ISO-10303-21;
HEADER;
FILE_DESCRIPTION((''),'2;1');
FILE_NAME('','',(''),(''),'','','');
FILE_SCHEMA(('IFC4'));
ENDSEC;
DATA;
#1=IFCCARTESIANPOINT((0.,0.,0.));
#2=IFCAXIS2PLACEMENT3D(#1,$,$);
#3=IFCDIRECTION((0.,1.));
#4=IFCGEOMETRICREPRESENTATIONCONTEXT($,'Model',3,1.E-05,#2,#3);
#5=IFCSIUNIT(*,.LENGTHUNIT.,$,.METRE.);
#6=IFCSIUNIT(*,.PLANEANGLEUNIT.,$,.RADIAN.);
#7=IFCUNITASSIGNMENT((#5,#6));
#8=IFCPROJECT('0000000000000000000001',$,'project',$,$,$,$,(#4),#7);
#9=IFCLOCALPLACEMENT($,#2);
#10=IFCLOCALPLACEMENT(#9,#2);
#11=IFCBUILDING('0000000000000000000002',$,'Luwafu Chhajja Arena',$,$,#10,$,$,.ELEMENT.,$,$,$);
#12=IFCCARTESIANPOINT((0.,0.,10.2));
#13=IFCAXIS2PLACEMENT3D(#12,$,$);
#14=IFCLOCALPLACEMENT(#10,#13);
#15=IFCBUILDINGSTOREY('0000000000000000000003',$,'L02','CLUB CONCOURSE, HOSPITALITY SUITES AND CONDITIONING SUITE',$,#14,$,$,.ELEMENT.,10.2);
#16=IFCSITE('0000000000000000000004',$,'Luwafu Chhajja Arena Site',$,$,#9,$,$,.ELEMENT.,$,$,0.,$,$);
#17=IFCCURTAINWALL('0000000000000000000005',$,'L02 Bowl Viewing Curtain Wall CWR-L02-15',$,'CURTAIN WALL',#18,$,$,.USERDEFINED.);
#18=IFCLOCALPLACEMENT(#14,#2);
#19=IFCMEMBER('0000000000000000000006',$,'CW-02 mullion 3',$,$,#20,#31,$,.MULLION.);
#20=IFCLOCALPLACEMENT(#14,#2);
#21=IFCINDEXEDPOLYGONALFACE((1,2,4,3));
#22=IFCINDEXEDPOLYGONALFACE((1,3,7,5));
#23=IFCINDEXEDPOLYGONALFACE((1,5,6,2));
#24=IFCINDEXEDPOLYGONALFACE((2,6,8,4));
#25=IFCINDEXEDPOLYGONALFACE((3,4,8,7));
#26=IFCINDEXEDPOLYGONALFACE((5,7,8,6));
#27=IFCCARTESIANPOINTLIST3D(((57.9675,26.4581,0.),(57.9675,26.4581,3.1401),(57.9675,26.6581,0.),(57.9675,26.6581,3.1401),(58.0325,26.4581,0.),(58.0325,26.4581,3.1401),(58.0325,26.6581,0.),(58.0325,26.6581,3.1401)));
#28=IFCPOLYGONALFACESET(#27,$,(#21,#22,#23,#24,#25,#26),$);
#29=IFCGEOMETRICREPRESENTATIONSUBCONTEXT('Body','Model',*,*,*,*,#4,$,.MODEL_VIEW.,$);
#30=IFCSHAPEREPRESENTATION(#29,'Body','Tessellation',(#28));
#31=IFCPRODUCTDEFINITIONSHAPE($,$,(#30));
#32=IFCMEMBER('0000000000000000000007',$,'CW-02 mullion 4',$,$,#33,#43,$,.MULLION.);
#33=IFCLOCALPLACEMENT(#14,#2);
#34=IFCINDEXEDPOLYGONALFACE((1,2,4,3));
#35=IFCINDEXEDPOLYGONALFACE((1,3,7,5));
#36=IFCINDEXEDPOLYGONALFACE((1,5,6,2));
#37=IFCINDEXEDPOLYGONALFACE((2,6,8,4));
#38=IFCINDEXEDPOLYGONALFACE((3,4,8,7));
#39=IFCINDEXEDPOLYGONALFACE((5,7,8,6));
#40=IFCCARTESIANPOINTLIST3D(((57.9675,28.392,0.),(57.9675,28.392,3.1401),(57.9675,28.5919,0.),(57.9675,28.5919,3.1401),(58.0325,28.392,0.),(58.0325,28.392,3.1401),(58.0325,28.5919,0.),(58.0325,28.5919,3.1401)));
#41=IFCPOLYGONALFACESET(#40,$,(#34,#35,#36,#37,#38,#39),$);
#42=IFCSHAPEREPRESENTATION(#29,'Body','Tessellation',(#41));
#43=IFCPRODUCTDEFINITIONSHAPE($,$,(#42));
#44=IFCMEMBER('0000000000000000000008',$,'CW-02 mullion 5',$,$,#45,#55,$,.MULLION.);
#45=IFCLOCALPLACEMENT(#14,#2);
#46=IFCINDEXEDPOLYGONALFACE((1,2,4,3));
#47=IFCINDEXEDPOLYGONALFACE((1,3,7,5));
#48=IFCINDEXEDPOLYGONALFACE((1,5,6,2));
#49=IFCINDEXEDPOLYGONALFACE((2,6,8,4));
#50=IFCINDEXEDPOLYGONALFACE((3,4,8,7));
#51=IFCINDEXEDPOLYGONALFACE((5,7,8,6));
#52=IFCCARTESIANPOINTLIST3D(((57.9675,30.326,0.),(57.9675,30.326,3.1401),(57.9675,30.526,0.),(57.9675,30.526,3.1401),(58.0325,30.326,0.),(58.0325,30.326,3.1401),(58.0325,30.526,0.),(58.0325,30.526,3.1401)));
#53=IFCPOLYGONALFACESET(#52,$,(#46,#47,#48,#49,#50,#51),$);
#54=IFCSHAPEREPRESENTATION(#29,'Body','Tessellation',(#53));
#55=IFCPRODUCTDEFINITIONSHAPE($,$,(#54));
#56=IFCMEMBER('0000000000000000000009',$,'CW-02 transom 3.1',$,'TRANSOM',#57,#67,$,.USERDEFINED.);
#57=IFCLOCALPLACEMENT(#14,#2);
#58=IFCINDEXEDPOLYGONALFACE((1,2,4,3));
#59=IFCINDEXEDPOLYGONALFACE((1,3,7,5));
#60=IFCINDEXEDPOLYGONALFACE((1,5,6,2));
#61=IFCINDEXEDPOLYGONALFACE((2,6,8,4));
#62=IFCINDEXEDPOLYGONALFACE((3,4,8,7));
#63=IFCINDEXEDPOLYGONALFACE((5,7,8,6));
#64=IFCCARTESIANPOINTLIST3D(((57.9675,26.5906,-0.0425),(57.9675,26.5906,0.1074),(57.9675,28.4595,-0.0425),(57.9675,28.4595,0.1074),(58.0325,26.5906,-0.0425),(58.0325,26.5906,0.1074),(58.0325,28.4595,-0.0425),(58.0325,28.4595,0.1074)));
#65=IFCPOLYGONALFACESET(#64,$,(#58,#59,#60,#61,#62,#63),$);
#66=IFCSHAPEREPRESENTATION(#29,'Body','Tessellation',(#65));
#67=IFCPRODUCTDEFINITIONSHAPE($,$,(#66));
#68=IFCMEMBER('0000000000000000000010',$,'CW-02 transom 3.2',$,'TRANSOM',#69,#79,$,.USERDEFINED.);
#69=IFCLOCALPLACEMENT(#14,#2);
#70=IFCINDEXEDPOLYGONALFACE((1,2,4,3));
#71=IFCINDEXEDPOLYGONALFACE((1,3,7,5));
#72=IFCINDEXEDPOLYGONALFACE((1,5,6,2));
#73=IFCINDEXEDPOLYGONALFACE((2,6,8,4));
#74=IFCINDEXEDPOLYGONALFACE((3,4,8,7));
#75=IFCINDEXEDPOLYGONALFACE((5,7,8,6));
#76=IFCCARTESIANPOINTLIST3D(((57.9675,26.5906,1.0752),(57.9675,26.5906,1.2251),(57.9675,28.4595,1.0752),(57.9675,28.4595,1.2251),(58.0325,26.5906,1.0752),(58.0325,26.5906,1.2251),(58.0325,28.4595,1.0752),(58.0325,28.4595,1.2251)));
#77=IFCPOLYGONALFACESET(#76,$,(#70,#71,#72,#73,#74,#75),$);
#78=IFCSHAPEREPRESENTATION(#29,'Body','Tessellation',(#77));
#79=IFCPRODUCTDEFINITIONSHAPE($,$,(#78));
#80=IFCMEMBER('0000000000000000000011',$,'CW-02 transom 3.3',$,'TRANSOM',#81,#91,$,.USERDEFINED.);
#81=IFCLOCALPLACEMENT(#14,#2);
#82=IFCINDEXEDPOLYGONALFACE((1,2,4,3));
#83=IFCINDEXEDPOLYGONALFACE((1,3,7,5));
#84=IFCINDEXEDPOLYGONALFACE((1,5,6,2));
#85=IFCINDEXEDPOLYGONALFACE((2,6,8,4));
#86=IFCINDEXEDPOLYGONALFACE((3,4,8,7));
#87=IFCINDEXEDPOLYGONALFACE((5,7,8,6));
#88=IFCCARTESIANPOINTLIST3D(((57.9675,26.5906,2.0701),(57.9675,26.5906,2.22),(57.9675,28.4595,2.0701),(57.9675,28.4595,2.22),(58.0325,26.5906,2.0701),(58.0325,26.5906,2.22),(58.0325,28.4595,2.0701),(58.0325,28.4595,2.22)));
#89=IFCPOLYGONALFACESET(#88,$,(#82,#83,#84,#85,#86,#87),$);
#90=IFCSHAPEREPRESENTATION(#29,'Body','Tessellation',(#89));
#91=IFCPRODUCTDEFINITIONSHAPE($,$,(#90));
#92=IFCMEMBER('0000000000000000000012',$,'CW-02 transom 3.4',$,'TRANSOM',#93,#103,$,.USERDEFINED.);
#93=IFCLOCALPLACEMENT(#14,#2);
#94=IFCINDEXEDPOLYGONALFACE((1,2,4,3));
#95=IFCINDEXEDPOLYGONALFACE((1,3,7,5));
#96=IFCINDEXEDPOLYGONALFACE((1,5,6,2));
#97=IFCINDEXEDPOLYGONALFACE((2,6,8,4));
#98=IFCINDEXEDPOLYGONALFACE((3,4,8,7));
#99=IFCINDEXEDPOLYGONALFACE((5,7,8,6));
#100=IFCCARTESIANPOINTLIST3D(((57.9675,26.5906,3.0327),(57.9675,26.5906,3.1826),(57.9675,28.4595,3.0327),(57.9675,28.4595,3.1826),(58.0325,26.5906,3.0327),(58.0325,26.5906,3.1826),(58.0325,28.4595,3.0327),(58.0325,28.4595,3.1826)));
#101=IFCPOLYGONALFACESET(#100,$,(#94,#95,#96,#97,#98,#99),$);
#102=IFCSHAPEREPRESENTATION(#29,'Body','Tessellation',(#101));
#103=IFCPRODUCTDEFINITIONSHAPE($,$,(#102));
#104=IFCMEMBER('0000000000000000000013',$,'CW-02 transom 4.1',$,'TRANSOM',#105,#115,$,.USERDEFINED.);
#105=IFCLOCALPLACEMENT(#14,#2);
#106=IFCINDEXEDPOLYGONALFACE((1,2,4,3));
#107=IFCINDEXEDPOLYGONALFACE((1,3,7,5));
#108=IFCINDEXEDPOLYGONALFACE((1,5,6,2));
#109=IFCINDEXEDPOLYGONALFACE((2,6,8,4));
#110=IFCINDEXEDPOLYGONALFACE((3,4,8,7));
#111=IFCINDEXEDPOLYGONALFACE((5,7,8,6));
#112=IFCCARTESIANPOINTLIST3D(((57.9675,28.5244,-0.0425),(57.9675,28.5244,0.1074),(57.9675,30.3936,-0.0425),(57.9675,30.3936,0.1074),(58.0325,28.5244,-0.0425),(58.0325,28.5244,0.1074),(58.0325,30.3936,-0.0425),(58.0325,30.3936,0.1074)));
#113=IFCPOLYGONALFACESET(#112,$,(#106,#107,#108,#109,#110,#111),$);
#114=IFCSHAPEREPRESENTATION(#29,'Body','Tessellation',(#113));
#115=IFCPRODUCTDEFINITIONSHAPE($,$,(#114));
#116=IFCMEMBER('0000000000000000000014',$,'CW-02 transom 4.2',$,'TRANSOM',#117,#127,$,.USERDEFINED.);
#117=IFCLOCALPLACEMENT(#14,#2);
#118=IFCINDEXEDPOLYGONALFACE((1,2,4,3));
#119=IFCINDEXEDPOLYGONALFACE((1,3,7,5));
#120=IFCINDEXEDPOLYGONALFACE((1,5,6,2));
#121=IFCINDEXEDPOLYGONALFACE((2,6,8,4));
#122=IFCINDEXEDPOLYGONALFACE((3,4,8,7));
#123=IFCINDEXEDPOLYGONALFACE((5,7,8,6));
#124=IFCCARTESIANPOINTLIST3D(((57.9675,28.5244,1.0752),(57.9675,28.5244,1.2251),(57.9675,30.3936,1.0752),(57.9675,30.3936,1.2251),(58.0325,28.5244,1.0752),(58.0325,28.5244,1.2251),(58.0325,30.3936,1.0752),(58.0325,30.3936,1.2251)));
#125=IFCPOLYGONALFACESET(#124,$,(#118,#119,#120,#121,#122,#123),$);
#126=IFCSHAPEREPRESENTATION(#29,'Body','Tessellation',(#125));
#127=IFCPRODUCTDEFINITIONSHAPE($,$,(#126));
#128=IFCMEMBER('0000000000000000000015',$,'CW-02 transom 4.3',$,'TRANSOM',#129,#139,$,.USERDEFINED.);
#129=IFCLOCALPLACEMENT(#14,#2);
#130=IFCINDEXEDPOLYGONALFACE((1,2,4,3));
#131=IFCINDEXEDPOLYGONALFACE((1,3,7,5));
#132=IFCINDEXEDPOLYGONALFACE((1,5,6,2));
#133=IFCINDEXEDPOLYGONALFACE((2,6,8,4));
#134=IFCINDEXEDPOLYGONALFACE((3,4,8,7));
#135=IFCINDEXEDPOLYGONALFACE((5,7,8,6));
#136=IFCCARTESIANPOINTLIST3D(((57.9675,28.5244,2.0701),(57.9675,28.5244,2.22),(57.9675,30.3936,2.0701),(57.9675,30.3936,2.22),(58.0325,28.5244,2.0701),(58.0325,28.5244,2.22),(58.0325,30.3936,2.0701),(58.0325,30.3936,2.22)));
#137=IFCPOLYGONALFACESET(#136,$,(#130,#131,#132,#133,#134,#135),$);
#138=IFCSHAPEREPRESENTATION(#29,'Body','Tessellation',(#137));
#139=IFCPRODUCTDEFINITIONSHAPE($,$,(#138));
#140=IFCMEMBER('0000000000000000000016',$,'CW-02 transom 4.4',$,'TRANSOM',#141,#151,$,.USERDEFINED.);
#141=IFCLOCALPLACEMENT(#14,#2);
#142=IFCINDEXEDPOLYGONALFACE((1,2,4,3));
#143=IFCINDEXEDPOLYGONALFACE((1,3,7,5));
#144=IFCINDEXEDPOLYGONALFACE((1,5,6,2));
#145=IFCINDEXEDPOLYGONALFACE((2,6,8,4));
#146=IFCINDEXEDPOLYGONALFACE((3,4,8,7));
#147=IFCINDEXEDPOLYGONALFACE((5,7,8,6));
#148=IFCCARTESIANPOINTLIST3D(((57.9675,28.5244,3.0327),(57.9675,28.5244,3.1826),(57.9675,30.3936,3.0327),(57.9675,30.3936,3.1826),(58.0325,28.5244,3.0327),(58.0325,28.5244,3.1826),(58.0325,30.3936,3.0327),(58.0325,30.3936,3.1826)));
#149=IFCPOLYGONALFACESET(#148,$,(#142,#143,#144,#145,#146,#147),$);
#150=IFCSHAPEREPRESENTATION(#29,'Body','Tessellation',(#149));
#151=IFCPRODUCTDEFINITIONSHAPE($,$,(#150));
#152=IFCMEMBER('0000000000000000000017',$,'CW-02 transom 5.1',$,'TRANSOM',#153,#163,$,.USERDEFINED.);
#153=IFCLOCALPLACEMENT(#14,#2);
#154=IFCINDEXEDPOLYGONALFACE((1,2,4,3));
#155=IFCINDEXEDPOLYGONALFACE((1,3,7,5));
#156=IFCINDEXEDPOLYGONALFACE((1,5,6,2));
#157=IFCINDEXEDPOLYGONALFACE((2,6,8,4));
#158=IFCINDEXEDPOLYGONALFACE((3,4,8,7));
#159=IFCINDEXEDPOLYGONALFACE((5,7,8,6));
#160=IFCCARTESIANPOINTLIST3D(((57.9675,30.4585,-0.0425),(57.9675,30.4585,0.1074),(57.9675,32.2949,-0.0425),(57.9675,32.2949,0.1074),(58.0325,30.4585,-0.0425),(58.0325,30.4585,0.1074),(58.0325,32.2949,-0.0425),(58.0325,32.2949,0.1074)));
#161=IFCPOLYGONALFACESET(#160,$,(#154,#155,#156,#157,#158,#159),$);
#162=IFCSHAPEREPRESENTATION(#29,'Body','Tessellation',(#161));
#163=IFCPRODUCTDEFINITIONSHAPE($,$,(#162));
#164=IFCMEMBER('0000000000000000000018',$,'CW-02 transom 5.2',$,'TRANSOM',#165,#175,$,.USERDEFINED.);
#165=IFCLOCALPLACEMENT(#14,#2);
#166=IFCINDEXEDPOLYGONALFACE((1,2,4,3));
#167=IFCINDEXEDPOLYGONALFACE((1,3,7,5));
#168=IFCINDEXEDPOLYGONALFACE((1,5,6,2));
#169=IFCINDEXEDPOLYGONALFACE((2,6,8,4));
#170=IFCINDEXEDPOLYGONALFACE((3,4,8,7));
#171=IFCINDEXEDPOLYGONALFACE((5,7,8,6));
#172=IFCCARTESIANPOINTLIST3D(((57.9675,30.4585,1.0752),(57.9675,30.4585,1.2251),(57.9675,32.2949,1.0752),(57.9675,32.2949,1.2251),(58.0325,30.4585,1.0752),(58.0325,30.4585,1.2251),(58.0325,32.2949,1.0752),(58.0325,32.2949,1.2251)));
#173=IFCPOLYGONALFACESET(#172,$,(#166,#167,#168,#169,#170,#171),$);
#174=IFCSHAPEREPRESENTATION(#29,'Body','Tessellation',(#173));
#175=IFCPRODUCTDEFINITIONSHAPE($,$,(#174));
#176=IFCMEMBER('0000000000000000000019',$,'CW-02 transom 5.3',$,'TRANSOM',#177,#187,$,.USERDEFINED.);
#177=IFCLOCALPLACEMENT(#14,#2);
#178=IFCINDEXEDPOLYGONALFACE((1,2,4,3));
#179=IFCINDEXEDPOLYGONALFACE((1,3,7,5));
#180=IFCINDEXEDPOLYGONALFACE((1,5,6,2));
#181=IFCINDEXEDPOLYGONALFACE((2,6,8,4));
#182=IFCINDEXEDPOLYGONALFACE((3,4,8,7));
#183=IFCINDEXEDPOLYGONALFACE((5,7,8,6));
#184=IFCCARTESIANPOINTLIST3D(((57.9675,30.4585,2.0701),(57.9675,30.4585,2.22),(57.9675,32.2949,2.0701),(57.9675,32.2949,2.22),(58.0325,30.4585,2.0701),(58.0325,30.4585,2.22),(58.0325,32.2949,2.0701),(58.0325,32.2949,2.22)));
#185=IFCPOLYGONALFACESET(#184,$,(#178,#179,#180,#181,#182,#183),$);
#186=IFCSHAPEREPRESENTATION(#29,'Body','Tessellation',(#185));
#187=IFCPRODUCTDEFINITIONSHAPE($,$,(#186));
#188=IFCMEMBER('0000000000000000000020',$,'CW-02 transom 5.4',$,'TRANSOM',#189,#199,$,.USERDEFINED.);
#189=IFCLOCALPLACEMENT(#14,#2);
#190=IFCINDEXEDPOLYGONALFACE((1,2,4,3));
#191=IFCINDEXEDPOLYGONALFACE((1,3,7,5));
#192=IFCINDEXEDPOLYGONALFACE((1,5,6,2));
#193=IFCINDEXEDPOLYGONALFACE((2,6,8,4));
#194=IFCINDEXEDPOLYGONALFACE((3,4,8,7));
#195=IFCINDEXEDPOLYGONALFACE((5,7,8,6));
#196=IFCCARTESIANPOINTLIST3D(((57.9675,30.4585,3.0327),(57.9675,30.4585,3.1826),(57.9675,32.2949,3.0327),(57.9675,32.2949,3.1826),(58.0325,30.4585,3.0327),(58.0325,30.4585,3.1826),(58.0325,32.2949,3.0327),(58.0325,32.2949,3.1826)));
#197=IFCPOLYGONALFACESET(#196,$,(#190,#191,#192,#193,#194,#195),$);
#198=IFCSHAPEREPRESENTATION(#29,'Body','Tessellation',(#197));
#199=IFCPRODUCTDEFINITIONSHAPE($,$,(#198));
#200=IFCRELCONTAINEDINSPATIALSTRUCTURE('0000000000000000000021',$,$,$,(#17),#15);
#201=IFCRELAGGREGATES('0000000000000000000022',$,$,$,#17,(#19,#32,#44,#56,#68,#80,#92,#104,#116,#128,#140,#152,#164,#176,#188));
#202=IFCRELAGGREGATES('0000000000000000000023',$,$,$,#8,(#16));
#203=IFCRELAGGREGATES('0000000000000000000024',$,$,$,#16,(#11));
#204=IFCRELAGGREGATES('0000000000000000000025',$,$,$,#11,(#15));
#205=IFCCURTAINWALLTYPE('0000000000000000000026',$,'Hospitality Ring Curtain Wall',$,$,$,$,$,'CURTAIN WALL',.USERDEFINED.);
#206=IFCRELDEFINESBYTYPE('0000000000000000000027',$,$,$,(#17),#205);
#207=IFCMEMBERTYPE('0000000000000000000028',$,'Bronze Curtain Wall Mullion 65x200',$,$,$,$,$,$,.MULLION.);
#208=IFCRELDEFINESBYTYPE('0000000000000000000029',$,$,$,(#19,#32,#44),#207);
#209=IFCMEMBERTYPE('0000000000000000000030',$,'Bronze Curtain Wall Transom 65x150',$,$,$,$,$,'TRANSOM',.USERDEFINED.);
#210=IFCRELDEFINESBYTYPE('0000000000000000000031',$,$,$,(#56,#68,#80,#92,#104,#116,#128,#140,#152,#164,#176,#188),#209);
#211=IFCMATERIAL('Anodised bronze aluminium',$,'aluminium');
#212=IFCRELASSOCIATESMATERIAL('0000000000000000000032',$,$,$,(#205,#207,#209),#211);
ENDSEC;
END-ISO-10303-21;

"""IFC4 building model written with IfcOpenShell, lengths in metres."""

from ifc_helpers import new_model, si_unit, direction, frame, origin, origin_2d, place, context, subcontext, project, spatial, rectangle, extrude, material, material_profile, profile_set, type_object, element, aggregate, save


model = new_model("IFC4")

# Units and contexts
model_context = context("Model", 3, precision=1e-05, world=origin(), true_north=direction((0.0, 1.0)))
body_context = subcontext(model_context, "Body", "Model", "MODEL_VIEW")
ifc_project = project(units=[si_unit("LENGTHUNIT", "METRE"), si_unit("PLANEANGLEUNIT", "RADIAN")], contexts=[model_context])

# Site, building, storey
site_placement = place(None, origin())
site = spatial("IfcSite", under=ifc_project, at=site_placement, Name="Luwafu Chhajja Arena Site", CompositionType="ELEMENT", RefElevation=0.0)
building_placement = place(site_placement, origin())
building = spatial("IfcBuilding", under=site, at=building_placement, Name="Luwafu Chhajja Arena", CompositionType="ELEMENT")
storey_placement = place(building_placement, frame((0.0, 0.0, 10.2)))
storey = spatial("IfcBuildingStorey", under=building, at=storey_placement, Name="L02", Description="CLUB CONCOURSE, HOSPITALITY SUITES AND CONDITIONING SUITE", CompositionType="ELEMENT", Elevation=10.2)

# Curtain wall, members
ifc_material_1 = material(Name="Anodised bronze aluminium", Category="aluminium")
curtain_wall_type = type_object("IfcCurtainWallType", Name="Hospitality Ring Curtain Wall", ElementType="CURTAIN WALL", PredefinedType="USERDEFINED", material=ifc_material_1)
curtain_wall_placement = place(storey_placement, origin())
curtain_wall = element("IfcCurtainWall", 1, at=curtain_wall_placement, inside=storey, type_object=curtain_wall_type, Name="L02 Bowl Viewing Curtain Wall CWR-L02-15", ObjectType="CURTAIN WALL", PredefinedType="USERDEFINED")
ifc_material_profile_1 = material_profile(ifc_material_1, rectangle(XDim=0.0649, YDim=0.2, at=origin_2d()), Name="CWM 65x200")
ifc_profile_set_1 = profile_set([ifc_material_profile_1], Name="Anodised bronze aluminium")
member_type_1 = type_object("IfcMemberType", Name="Bronze Curtain Wall Mullion 65x200", PredefinedType="MULLION", material=ifc_profile_set_1)
member_1_placement = place(storey_placement, frame((58.0, 26.5581, 0.0), z_axis=(0.0, 0.0, 1.0), x_axis=(-1.0, 0.0, 0.0)))
member_1 = element("IfcMember", 2, at=member_1_placement, type_object=member_type_1, Name="CW-02 mullion 3", PredefinedType="MULLION", context=body_context, shape_type="SweptSolid", body=[
    extrude(rectangle(XDim=0.0649, YDim=0.2, at=origin_2d()), origin(), (0.0, 0.0, 1.0), 3.1401),
])
member_2_placement = place(storey_placement, frame((58.0, 28.4919, 0.0), z_axis=(0.0, 0.0, 1.0), x_axis=(-1.0, 0.0, 0.0)))
member_2 = element("IfcMember", 3, at=member_2_placement, type_object=member_type_1, Name="CW-02 mullion 4", PredefinedType="MULLION", context=body_context, shape_type="SweptSolid", body=[
    extrude(rectangle(XDim=0.0649, YDim=0.2, at=origin_2d()), origin(), (0.0, 0.0, 1.0), 3.1401),
])
member_3_placement = place(storey_placement, frame((58.0, 30.426, 0.0), z_axis=(0.0, 0.0, 1.0), x_axis=(-1.0, 0.0, 0.0)))
member_3 = element("IfcMember", 4, at=member_3_placement, type_object=member_type_1, Name="CW-02 mullion 5", PredefinedType="MULLION", context=body_context, shape_type="SweptSolid", body=[
    extrude(rectangle(XDim=0.0649, YDim=0.2, at=origin_2d()), origin(), (0.0, 0.0, 1.0), 3.1401),
])
ifc_material_profile_2 = material_profile(ifc_material_1, rectangle(XDim=0.0649, YDim=0.1499, at=origin_2d()), Name="CWT 65x150")
ifc_profile_set_2 = profile_set([ifc_material_profile_2], Name="Anodised bronze aluminium")
member_type_2 = type_object("IfcMemberType", Name="Bronze Curtain Wall Transom 65x150", ElementType="TRANSOM", PredefinedType="USERDEFINED", material=ifc_profile_set_2)
member_4_placement = place(storey_placement, frame((58.0, 26.5906, 0.0325), z_axis=(0.0, 1.0, 0.0), x_axis=(-1.0, 0.0, 0.0)))
member_4 = element("IfcMember", 5, at=member_4_placement, type_object=member_type_2, Name="CW-02 transom 3.1", ObjectType="TRANSOM", PredefinedType="USERDEFINED", context=body_context, shape_type="SweptSolid", body=[
    extrude(rectangle(XDim=0.0649, YDim=0.1499, at=origin_2d()), origin(), (0.0, 0.0, 1.0), 1.8689),
])
member_5_placement = place(storey_placement, frame((58.0, 26.5906, 1.1501), z_axis=(0.0, 1.0, 0.0), x_axis=(-1.0, 0.0, 0.0)))
member_5 = element("IfcMember", 6, at=member_5_placement, type_object=member_type_2, Name="CW-02 transom 3.2", ObjectType="TRANSOM", PredefinedType="USERDEFINED", context=body_context, shape_type="SweptSolid", body=[
    extrude(rectangle(XDim=0.0649, YDim=0.1499, at=origin_2d()), origin(), (0.0, 0.0, 1.0), 1.8689),
])
member_6_placement = place(storey_placement, frame((58.0, 26.5906, 2.145), z_axis=(0.0, 1.0, 0.0), x_axis=(-1.0, 0.0, 0.0)))
member_6 = element("IfcMember", 7, at=member_6_placement, type_object=member_type_2, Name="CW-02 transom 3.3", ObjectType="TRANSOM", PredefinedType="USERDEFINED", context=body_context, shape_type="SweptSolid", body=[
    extrude(rectangle(XDim=0.0649, YDim=0.1499, at=origin_2d()), origin(), (0.0, 0.0, 1.0), 1.8689),
])
member_7_placement = place(storey_placement, frame((58.0, 26.5906, 3.1077), z_axis=(0.0, 1.0, 0.0), x_axis=(-1.0, 0.0, 0.0)))
member_7 = element("IfcMember", 8, at=member_7_placement, type_object=member_type_2, Name="CW-02 transom 3.4", ObjectType="TRANSOM", PredefinedType="USERDEFINED", context=body_context, shape_type="SweptSolid", body=[
    extrude(rectangle(XDim=0.0649, YDim=0.1499, at=origin_2d()), origin(), (0.0, 0.0, 1.0), 1.8689),
])
member_8_placement = place(storey_placement, frame((58.0, 28.5244, 0.0325), z_axis=(0.0, 1.0, 0.0), x_axis=(-1.0, 0.0, 0.0)))
member_8 = element("IfcMember", 9, at=member_8_placement, type_object=member_type_2, Name="CW-02 transom 4.1", ObjectType="TRANSOM", PredefinedType="USERDEFINED", context=body_context, shape_type="SweptSolid", body=[
    extrude(rectangle(XDim=0.0649, YDim=0.1499, at=origin_2d()), origin(), (0.0, 0.0, 1.0), 1.8691),
])
member_9_placement = place(storey_placement, frame((58.0, 28.5244, 1.1501), z_axis=(0.0, 1.0, 0.0), x_axis=(-1.0, 0.0, 0.0)))
member_9 = element("IfcMember", 10, at=member_9_placement, type_object=member_type_2, Name="CW-02 transom 4.2", ObjectType="TRANSOM", PredefinedType="USERDEFINED", context=body_context, shape_type="SweptSolid", body=[
    extrude(rectangle(XDim=0.0649, YDim=0.1499, at=origin_2d()), origin(), (0.0, 0.0, 1.0), 1.8691),
])
member_10_placement = place(storey_placement, frame((58.0, 28.5244, 2.145), z_axis=(0.0, 1.0, 0.0), x_axis=(-1.0, 0.0, 0.0)))
member_10 = element("IfcMember", 11, at=member_10_placement, type_object=member_type_2, Name="CW-02 transom 4.3", ObjectType="TRANSOM", PredefinedType="USERDEFINED", context=body_context, shape_type="SweptSolid", body=[
    extrude(rectangle(XDim=0.0649, YDim=0.1499, at=origin_2d()), origin(), (0.0, 0.0, 1.0), 1.8691),
])
member_11_placement = place(storey_placement, frame((58.0, 28.5244, 3.1077), z_axis=(0.0, 1.0, 0.0), x_axis=(-1.0, 0.0, 0.0)))
member_11 = element("IfcMember", 12, at=member_11_placement, type_object=member_type_2, Name="CW-02 transom 4.4", ObjectType="TRANSOM", PredefinedType="USERDEFINED", context=body_context, shape_type="SweptSolid", body=[
    extrude(rectangle(XDim=0.0649, YDim=0.1499, at=origin_2d()), origin(), (0.0, 0.0, 1.0), 1.8691),
])
member_12_placement = place(storey_placement, frame((58.0, 30.4585, 0.0325), z_axis=(0.0, 1.0, 0.0), x_axis=(-1.0, 0.0, 0.0)))
member_12 = element("IfcMember", 13, at=member_12_placement, type_object=member_type_2, Name="CW-02 transom 5.1", ObjectType="TRANSOM", PredefinedType="USERDEFINED", context=body_context, shape_type="SweptSolid", body=[
    extrude(rectangle(XDim=0.0649, YDim=0.1499, at=origin_2d()), origin(), (0.0, 0.0, 1.0), 1.8364),
])
member_13_placement = place(storey_placement, frame((58.0, 30.4585, 1.1501), z_axis=(0.0, 1.0, 0.0), x_axis=(-1.0, 0.0, 0.0)))
member_13 = element("IfcMember", 14, at=member_13_placement, type_object=member_type_2, Name="CW-02 transom 5.2", ObjectType="TRANSOM", PredefinedType="USERDEFINED", context=body_context, shape_type="SweptSolid", body=[
    extrude(rectangle(XDim=0.0649, YDim=0.1499, at=origin_2d()), origin(), (0.0, 0.0, 1.0), 1.8364),
])
member_14_placement = place(storey_placement, frame((58.0, 30.4585, 2.145), z_axis=(0.0, 1.0, 0.0), x_axis=(-1.0, 0.0, 0.0)))
member_14 = element("IfcMember", 15, at=member_14_placement, type_object=member_type_2, Name="CW-02 transom 5.3", ObjectType="TRANSOM", PredefinedType="USERDEFINED", context=body_context, shape_type="SweptSolid", body=[
    extrude(rectangle(XDim=0.0649, YDim=0.1499, at=origin_2d()), origin(), (0.0, 0.0, 1.0), 1.8364),
])
member_15_placement = place(storey_placement, frame((58.0, 30.4585, 3.1077), z_axis=(0.0, 1.0, 0.0), x_axis=(-1.0, 0.0, 0.0)))
member_15 = element("IfcMember", 16, at=member_15_placement, type_object=member_type_2, Name="CW-02 transom 5.4", ObjectType="TRANSOM", PredefinedType="USERDEFINED", context=body_context, shape_type="SweptSolid", body=[
    extrude(rectangle(XDim=0.0649, YDim=0.1499, at=origin_2d()), origin(), (0.0, 0.0, 1.0), 1.8364),
])
aggregate(curtain_wall, [member_1, member_2, member_3, member_4, member_5, member_6, member_7, member_8, member_9, member_10, member_11, member_12, member_13, member_14, member_15])

save(model, "model.ifc")
